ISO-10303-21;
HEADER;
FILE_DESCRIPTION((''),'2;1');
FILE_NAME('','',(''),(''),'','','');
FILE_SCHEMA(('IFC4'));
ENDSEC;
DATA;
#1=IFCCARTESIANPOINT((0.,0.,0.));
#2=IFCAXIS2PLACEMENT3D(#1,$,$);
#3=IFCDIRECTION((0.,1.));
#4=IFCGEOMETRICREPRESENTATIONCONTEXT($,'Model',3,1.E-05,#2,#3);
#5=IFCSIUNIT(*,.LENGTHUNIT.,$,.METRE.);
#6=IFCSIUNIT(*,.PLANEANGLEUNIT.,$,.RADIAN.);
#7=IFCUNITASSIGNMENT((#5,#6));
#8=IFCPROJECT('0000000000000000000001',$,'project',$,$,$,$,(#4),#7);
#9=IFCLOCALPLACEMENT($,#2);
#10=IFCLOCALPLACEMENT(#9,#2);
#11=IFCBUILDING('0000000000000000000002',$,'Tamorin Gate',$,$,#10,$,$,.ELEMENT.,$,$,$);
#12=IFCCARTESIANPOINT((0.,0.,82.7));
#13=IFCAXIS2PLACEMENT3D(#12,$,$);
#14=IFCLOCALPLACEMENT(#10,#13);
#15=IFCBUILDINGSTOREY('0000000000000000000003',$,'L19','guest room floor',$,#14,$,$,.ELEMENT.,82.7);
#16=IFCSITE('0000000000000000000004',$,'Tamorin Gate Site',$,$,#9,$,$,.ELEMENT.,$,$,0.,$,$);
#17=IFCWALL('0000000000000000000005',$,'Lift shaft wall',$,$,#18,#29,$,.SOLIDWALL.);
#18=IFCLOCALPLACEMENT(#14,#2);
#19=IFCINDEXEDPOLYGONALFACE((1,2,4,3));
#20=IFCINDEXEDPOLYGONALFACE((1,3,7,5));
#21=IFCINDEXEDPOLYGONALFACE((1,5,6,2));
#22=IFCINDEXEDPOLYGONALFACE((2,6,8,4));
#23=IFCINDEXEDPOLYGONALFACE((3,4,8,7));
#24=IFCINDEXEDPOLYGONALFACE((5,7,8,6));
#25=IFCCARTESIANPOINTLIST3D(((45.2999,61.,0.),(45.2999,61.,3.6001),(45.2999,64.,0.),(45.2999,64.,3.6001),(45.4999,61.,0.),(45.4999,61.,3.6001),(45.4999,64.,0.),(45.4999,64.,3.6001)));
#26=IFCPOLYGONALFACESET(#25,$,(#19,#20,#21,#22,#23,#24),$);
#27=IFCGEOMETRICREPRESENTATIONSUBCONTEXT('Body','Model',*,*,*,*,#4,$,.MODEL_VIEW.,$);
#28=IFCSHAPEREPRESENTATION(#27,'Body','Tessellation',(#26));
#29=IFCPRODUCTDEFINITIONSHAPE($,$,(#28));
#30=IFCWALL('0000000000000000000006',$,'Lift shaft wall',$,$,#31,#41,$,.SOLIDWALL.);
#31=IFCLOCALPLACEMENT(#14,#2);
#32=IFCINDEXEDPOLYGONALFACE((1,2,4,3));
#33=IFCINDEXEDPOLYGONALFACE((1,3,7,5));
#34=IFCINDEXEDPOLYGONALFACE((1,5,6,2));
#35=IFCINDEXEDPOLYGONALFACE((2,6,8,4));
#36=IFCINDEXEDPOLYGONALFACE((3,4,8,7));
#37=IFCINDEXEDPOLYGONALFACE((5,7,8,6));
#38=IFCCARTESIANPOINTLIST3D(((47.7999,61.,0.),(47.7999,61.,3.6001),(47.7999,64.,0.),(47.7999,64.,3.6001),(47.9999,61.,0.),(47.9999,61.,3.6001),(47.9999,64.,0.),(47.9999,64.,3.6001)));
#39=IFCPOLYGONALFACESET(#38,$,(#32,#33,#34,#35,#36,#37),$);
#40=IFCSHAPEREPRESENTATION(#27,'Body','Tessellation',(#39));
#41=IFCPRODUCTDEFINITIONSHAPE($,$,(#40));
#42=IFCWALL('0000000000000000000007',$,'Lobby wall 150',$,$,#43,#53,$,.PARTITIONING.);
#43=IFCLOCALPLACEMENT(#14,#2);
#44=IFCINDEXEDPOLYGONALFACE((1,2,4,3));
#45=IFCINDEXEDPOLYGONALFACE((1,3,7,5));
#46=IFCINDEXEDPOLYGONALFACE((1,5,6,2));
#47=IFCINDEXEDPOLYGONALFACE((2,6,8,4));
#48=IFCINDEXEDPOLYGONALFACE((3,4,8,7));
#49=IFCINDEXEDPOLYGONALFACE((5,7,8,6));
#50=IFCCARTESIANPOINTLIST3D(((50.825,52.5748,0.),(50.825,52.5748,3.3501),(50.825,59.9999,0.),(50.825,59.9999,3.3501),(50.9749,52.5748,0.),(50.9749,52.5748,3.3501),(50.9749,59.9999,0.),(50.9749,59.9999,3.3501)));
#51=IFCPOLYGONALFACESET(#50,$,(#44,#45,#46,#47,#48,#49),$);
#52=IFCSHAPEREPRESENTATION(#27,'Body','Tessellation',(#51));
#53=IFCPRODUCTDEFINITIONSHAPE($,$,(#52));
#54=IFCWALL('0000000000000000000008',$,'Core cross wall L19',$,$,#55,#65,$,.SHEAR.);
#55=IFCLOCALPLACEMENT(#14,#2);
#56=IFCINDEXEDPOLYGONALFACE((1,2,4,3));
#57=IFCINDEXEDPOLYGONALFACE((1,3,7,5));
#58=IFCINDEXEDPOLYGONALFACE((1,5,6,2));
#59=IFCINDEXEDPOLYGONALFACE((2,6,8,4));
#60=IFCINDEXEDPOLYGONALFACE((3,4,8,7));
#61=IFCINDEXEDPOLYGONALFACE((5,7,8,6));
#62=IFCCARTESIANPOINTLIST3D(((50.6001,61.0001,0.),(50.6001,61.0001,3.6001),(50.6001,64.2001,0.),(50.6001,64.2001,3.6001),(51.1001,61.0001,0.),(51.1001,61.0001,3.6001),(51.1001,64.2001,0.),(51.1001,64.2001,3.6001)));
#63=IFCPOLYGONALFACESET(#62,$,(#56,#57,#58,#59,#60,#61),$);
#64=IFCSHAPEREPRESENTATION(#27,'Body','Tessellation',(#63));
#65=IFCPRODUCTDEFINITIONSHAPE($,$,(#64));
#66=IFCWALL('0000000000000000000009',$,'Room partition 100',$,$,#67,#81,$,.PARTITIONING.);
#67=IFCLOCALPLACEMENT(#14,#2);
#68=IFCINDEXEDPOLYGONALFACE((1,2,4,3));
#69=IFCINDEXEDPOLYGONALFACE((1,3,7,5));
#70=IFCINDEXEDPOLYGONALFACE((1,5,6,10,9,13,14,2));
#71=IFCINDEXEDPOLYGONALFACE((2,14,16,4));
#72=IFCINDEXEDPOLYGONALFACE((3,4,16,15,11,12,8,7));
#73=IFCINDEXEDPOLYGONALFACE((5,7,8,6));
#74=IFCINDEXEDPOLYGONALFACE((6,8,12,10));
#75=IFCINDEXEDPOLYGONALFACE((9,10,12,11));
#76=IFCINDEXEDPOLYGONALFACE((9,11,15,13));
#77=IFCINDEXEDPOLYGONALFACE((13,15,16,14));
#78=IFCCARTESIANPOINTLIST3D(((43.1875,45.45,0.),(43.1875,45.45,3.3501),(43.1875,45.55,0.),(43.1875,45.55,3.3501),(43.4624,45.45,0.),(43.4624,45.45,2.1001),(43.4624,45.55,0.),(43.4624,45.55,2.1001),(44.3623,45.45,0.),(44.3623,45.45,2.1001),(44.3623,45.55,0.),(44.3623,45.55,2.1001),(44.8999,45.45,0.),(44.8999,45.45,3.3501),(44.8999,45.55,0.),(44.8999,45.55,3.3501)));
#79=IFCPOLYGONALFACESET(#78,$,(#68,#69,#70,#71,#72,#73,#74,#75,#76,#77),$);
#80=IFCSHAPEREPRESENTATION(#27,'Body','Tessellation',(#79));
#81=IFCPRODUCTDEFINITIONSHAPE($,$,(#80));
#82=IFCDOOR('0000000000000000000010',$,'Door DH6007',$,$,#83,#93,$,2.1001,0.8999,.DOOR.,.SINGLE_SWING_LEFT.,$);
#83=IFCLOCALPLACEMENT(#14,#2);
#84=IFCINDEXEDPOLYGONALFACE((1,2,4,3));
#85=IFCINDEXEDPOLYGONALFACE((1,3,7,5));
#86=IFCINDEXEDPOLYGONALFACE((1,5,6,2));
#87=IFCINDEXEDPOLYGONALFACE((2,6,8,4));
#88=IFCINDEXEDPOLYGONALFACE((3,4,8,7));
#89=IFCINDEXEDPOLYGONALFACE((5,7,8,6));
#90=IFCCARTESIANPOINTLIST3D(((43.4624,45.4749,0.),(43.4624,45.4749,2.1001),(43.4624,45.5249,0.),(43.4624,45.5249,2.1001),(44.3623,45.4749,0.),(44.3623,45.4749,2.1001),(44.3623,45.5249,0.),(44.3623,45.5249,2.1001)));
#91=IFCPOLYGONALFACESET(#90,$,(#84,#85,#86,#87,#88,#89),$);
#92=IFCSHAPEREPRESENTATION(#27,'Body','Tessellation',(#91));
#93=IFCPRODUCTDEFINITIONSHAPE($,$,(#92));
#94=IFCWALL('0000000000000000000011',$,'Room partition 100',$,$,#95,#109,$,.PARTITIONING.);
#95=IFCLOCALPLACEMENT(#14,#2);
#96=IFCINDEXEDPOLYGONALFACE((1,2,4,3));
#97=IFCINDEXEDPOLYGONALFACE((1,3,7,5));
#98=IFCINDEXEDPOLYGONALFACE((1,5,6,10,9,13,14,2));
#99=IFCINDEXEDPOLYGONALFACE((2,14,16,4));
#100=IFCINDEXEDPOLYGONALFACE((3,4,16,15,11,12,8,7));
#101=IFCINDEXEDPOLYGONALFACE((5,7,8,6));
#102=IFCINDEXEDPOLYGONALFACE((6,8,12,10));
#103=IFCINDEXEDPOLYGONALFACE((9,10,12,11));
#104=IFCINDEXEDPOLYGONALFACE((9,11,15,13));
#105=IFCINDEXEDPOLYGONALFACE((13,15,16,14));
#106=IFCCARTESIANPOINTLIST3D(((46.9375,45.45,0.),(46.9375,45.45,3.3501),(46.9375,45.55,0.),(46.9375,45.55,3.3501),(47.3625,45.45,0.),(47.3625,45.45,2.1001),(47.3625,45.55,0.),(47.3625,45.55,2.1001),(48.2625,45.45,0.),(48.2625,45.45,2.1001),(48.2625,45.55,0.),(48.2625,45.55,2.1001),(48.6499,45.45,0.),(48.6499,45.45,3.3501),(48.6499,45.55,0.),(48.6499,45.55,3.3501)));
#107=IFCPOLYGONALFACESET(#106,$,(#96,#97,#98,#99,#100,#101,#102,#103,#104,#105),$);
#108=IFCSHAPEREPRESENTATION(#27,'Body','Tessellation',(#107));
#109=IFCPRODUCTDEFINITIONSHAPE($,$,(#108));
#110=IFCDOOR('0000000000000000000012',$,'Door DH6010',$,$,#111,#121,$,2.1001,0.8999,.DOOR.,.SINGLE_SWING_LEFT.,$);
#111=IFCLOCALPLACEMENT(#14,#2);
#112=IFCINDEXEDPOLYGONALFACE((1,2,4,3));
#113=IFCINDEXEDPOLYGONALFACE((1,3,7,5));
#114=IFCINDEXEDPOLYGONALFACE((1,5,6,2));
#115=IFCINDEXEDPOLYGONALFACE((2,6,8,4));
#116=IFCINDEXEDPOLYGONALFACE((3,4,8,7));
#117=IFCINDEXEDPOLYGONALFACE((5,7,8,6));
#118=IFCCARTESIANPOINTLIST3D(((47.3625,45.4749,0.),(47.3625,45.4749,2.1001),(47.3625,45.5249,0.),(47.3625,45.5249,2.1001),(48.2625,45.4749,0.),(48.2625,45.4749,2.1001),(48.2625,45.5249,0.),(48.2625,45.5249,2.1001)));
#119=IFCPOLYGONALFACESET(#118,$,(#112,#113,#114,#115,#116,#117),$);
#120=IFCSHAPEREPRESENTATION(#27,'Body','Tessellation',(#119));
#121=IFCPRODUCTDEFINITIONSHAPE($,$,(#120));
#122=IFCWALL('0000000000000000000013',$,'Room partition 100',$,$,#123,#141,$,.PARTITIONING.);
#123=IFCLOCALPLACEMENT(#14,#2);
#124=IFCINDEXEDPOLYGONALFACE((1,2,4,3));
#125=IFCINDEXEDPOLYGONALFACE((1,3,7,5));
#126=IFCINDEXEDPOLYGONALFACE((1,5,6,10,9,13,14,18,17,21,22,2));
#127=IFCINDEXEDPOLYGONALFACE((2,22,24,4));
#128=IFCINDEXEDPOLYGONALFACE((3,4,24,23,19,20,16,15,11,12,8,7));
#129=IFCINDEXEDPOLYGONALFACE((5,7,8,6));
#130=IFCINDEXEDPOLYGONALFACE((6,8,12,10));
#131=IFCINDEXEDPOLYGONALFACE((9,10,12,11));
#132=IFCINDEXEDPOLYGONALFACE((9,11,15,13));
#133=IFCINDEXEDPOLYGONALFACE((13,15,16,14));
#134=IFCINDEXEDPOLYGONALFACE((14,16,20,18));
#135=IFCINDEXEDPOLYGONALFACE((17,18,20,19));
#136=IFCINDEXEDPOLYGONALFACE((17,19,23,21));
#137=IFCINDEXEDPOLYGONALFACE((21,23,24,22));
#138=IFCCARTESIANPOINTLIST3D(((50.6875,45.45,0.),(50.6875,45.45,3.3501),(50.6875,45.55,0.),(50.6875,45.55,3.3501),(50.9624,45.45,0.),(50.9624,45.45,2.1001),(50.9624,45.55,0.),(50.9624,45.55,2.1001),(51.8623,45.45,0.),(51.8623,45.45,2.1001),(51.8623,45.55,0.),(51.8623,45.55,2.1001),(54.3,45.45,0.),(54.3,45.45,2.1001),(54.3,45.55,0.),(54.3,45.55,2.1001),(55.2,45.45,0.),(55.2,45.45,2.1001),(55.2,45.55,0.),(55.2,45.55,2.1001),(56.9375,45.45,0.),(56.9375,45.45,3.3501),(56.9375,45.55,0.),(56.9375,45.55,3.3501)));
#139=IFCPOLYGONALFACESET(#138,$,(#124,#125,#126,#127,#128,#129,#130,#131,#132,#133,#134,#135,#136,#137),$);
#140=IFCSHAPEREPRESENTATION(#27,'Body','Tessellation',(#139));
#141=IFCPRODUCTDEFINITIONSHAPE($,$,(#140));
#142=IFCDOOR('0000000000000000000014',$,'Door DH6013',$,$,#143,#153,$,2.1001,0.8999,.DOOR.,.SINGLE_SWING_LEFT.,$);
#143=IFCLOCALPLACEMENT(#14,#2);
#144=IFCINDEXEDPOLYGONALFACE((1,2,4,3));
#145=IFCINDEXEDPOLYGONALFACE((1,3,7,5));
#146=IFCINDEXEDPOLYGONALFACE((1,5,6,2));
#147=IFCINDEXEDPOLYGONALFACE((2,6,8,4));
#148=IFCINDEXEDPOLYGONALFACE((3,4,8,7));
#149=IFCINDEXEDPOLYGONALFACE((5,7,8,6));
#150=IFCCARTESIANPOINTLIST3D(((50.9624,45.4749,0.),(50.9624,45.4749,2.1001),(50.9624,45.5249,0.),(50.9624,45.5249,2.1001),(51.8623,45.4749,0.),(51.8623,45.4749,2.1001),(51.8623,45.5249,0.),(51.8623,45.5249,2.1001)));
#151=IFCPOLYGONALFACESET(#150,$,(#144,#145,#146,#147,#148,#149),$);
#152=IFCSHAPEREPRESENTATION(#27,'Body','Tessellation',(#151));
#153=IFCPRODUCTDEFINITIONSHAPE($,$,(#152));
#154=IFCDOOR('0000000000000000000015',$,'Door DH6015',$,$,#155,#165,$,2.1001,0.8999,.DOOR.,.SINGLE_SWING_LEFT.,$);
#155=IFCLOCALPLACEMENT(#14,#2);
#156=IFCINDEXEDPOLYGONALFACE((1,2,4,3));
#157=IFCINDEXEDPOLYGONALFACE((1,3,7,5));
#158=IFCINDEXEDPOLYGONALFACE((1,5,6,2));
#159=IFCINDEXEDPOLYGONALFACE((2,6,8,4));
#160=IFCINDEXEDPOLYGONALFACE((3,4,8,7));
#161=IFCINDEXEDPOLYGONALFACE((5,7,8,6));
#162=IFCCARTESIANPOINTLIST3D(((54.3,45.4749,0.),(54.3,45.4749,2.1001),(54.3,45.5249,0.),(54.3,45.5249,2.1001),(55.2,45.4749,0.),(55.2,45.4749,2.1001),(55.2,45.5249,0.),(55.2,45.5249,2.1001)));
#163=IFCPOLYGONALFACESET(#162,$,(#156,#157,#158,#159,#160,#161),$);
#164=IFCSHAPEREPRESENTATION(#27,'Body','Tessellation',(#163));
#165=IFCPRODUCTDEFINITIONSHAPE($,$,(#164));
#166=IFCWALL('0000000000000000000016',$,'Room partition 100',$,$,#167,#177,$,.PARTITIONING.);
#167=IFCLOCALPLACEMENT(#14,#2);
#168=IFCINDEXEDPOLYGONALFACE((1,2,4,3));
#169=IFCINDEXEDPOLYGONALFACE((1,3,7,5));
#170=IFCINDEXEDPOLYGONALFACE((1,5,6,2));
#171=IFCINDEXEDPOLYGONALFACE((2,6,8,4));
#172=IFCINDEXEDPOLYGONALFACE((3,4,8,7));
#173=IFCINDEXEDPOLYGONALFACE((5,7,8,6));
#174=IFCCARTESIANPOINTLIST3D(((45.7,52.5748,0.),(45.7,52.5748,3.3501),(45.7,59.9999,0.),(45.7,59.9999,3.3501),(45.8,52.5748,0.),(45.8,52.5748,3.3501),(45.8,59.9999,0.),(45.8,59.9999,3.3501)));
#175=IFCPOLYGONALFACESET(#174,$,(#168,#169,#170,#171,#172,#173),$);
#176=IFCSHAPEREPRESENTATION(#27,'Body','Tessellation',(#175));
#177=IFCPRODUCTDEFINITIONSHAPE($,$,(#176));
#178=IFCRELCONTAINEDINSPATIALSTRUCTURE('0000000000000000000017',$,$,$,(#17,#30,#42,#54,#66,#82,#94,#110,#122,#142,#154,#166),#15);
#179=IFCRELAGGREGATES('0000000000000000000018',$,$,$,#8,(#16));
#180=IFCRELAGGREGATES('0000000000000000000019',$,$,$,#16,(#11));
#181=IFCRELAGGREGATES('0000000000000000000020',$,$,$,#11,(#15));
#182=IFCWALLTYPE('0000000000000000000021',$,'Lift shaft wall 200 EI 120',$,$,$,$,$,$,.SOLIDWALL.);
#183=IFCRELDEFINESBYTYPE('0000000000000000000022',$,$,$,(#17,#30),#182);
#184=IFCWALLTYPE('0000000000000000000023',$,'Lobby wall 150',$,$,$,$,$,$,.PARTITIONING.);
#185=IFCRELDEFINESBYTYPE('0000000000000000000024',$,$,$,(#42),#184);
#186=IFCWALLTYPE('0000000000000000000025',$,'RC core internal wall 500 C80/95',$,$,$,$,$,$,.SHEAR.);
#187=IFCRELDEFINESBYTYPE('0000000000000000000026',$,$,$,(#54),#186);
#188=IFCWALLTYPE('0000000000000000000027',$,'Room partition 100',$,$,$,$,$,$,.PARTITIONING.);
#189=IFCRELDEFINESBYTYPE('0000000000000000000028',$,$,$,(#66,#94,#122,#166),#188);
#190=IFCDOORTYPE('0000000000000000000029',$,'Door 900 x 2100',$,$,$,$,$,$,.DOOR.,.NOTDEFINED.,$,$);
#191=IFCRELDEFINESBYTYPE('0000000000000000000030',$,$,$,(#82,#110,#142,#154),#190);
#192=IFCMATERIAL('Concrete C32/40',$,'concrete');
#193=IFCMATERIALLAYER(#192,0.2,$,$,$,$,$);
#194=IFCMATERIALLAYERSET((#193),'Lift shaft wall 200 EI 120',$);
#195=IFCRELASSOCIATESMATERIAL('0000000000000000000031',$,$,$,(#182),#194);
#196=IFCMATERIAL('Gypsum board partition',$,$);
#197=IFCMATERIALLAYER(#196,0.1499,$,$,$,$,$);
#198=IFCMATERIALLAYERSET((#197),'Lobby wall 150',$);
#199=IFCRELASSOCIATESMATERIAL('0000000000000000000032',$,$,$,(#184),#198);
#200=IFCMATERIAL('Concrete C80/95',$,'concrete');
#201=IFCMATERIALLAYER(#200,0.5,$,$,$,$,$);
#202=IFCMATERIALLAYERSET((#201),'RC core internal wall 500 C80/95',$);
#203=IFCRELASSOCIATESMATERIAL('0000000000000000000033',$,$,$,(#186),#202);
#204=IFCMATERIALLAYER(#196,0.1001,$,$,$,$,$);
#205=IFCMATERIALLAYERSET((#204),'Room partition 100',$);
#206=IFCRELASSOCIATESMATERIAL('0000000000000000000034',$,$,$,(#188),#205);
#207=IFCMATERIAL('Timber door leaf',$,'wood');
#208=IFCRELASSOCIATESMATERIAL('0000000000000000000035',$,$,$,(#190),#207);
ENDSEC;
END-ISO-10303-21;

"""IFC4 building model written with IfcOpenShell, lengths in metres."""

from ifc_helpers import new_model, si_unit, direction, frame, frame_2d, origin, place, context, subcontext, project, spatial, rectangle, extrude, material, layer, layer_set, type_object, element, fill, save


model = new_model("IFC4")

# Units and contexts
model_context = context("Model", 3, precision=1e-05, world=origin(), true_north=direction((0.0, 1.0)))
body_context = subcontext(model_context, "Body", "Model", "MODEL_VIEW")
ifc_project = project(units=[si_unit("LENGTHUNIT", "METRE"), si_unit("PLANEANGLEUNIT", "RADIAN")], contexts=[model_context])

# Site, building, storey
site_placement = place(None, origin())
site = spatial("IfcSite", under=ifc_project, at=site_placement, Name="Tamorin Gate Site", CompositionType="ELEMENT", RefElevation=0.0)
building_placement = place(site_placement, origin())
building = spatial("IfcBuilding", under=site, at=building_placement, Name="Tamorin Gate", CompositionType="ELEMENT")
storey_placement = place(building_placement, frame((0.0, 0.0, 82.7)))
storey = spatial("IfcBuildingStorey", under=building, at=storey_placement, Name="L19", Description="guest room floor", CompositionType="ELEMENT", Elevation=82.7)

# Shared definitions
ifc_material_1 = material(Name="Concrete C80/95", Category="concrete")

# Walls
ifc_material_2 = material(Name="Gypsum board partition")
ifc_material_3 = material(Name="Concrete C32/40", Category="concrete")
ifc_layer_1 = layer(ifc_material_3, 0.2)
ifc_layer_set_1 = layer_set([ifc_layer_1], Name="Lift shaft wall 200 EI 120")
wall_type_1 = type_object("IfcWallType", Name="Lift shaft wall 200 EI 120", PredefinedType="SOLIDWALL", material=ifc_layer_set_1)
for number, where, z_axis, x_axis, name in (
    (1, (45.3999, 61.0, 0.0), (0.0, 0.0, 1.0), (0.0, 1.0, 0.0), "Lift shaft wall"),
    (2, (47.8999, 61.0, 0.0), (0.0, 0.0, 1.0), (0.0, 1.0, 0.0), "Lift shaft wall"),
):
    element("IfcWall", number, at=place(storey_placement, frame(where, z_axis=z_axis, x_axis=x_axis)), inside=storey, type_object=wall_type_1, Name=name, PredefinedType="SOLIDWALL", context=body_context, shape_type="SweptSolid", body=[
        extrude(rectangle(XDim=3.0, YDim=0.2, at=frame_2d((1.5, 0.0))), origin(), (0.0, 0.0, 1.0), 3.6001),
    ])
ifc_layer_2 = layer(ifc_material_2, 0.1499)
ifc_layer_set_2 = layer_set([ifc_layer_2], Name="Lobby wall 150")
wall_type_2 = type_object("IfcWallType", Name="Lobby wall 150", PredefinedType="PARTITIONING", material=ifc_layer_set_2)
wall_1_placement = place(storey_placement, frame((50.8999, 52.575, 0.0), z_axis=(0.0, 0.0, 1.0), x_axis=(0.0, 1.0, 0.0)))
element("IfcWall", 3, at=wall_1_placement, inside=storey, type_object=wall_type_2, Name="Lobby wall 150", PredefinedType="PARTITIONING", context=body_context, shape_type="SweptSolid", body=[
    extrude(rectangle(XDim=7.425, YDim=0.1499, at=frame_2d((3.7124, 0.0))), origin(), (0.0, 0.0, 1.0), 3.3501),
])
ifc_layer_3 = layer(ifc_material_1, 0.5)
ifc_layer_set_3 = layer_set([ifc_layer_3], Name="RC core internal wall 500 C80/95")
wall_type_3 = type_object("IfcWallType", Name="RC core internal wall 500 C80/95", PredefinedType="SHEAR", material=ifc_layer_set_3)
wall_2_placement = place(storey_placement, frame((50.8501, 61.0, 0.0), z_axis=(0.0, 0.0, 1.0), x_axis=(0.0, 1.0, 0.0)))
element("IfcWall", 4, at=wall_2_placement, inside=storey, type_object=wall_type_3, Name="Core cross wall L19", PredefinedType="SHEAR", context=body_context, shape_type="SweptSolid", body=[
    extrude(rectangle(XDim=3.2, YDim=0.5, at=frame_2d((1.6001, 0.0))), origin(), (0.0, 0.0, 1.0), 3.6001),
])

# Walls, openings, doors
ifc_layer_4 = layer(ifc_material_2, 0.1001)
ifc_layer_set_4 = layer_set([ifc_layer_4], Name="Room partition 100")
wall_type_4 = type_object("IfcWallType", Name="Room partition 100", PredefinedType="PARTITIONING", material=ifc_layer_set_4)
wall_3_placement = place(storey_placement, frame((43.1875, 45.5, 0.0), z_axis=(0.0, 0.0, 1.0), x_axis=(1.0, 0.0, 0.0)))
wall_3 = element("IfcWall", 5, at=wall_3_placement, inside=storey, type_object=wall_type_4, Name="Room partition 100", PredefinedType="PARTITIONING", context=body_context, shape_type="SweptSolid", body=[
    extrude(rectangle(XDim=1.7124, YDim=0.1001, at=frame_2d((0.8562, 0.0))), origin(), (0.0, 0.0, 1.0), 3.3501),
])
opening_1_placement = place(wall_3_placement, frame((0.2749, 0.0, 0.0)))
opening_1 = element("IfcOpeningElement", 6, at=opening_1_placement, cuts=wall_3, PredefinedType="OPENING", context=body_context, shape_type="SweptSolid", body=[
    extrude(rectangle(XDim=0.8999, YDim=2.1001, at=frame_2d((0.45, 1.05))), frame((0.0, 0.0601, 0.0), z_axis=(0.0, -1.0, 0.0), x_axis=(1.0, 0.0, 0.0)), (0.0, 0.0, 1.0), 0.1201),
])
ifc_material_4 = material(Name="Timber door leaf", Category="wood")
door_type = type_object("IfcDoorType", Name="Door 900 x 2100", OperationType="NOTDEFINED", PredefinedType="DOOR", material=ifc_material_4)
door_1_placement = place(opening_1_placement, origin())
door_1 = element("IfcDoor", 7, at=door_1_placement, inside=storey, type_object=door_type, Name="Door DH6007", OperationType="SINGLE_SWING_LEFT", OverallHeight=2.1001, OverallWidth=0.8999, PredefinedType="DOOR", context=body_context, shape_type="SweptSolid", body=[
    extrude(rectangle(XDim=0.8999, YDim=2.1001, at=frame_2d((0.45, 1.05))), frame((0.0, 0.0249, 0.0), z_axis=(0.0, -1.0, 0.0), x_axis=(1.0, 0.0, 0.0)), (0.0, 0.0, 1.0), 0.05),
])
fill(opening_1, door_1)
wall_4_placement = place(storey_placement, frame((46.9375, 45.5, 0.0), z_axis=(0.0, 0.0, 1.0), x_axis=(1.0, 0.0, 0.0)))
wall_4 = element("IfcWall", 8, at=wall_4_placement, inside=storey, type_object=wall_type_4, Name="Room partition 100", PredefinedType="PARTITIONING", context=body_context, shape_type="SweptSolid", body=[
    extrude(rectangle(XDim=1.7124, YDim=0.1001, at=frame_2d((0.8562, 0.0))), origin(), (0.0, 0.0, 1.0), 3.3501),
])
opening_2_placement = place(wall_4_placement, frame((0.425, 0.0, 0.0)))
opening_2 = element("IfcOpeningElement", 9, at=opening_2_placement, cuts=wall_4, PredefinedType="OPENING", context=body_context, shape_type="SweptSolid", body=[
    extrude(rectangle(XDim=0.8999, YDim=2.1001, at=frame_2d((0.45, 1.05))), frame((0.0, 0.0601, 0.0), z_axis=(0.0, -1.0, 0.0), x_axis=(1.0, 0.0, 0.0)), (0.0, 0.0, 1.0), 0.1201),
])
door_2_placement = place(opening_2_placement, origin())
door_2 = element("IfcDoor", 10, at=door_2_placement, inside=storey, type_object=door_type, Name="Door DH6010", OperationType="SINGLE_SWING_LEFT", OverallHeight=2.1001, OverallWidth=0.8999, PredefinedType="DOOR", context=body_context, shape_type="SweptSolid", body=[
    extrude(rectangle(XDim=0.8999, YDim=2.1001, at=frame_2d((0.45, 1.05))), frame((0.0, 0.0249, 0.0), z_axis=(0.0, -1.0, 0.0), x_axis=(1.0, 0.0, 0.0)), (0.0, 0.0, 1.0), 0.05),
])
fill(opening_2, door_2)

# Wall, openings, doors
wall_5_placement = place(storey_placement, frame((50.6875, 45.5, 0.0), z_axis=(0.0, 0.0, 1.0), x_axis=(1.0, 0.0, 0.0)))
wall_5 = element("IfcWall", 11, at=wall_5_placement, inside=storey, type_object=wall_type_4, Name="Room partition 100", PredefinedType="PARTITIONING", context=body_context, shape_type="SweptSolid", body=[
    extrude(rectangle(XDim=6.25, YDim=0.1001, at=frame_2d((3.125, 0.0))), origin(), (0.0, 0.0, 1.0), 3.3501),
])
opening_3_placement = place(wall_5_placement, frame((0.2749, 0.0, 0.0)))
opening_3 = element("IfcOpeningElement", 12, at=opening_3_placement, cuts=wall_5, PredefinedType="OPENING", context=body_context, shape_type="SweptSolid", body=[
    extrude(rectangle(XDim=0.8999, YDim=2.1001, at=frame_2d((0.45, 1.05))), frame((0.0, 0.0601, 0.0), z_axis=(0.0, -1.0, 0.0), x_axis=(1.0, 0.0, 0.0)), (0.0, 0.0, 1.0), 0.1201),
])
opening_4_placement = place(wall_5_placement, frame((3.6125, 0.0, 0.0)))
opening_4 = element("IfcOpeningElement", 13, at=opening_4_placement, cuts=wall_5, PredefinedType="OPENING", context=body_context, shape_type="SweptSolid", body=[
    extrude(rectangle(XDim=0.8999, YDim=2.1001, at=frame_2d((0.45, 1.05))), frame((0.0, 0.0601, 0.0), z_axis=(0.0, -1.0, 0.0), x_axis=(1.0, 0.0, 0.0)), (0.0, 0.0, 1.0), 0.1201),
])
door_3_placement = place(opening_3_placement, origin())
door_3 = element("IfcDoor", 14, at=door_3_placement, inside=storey, type_object=door_type, Name="Door DH6013", OperationType="SINGLE_SWING_LEFT", OverallHeight=2.1001, OverallWidth=0.8999, PredefinedType="DOOR", context=body_context, shape_type="SweptSolid", body=[
    extrude(rectangle(XDim=0.8999, YDim=2.1001, at=frame_2d((0.45, 1.05))), frame((0.0, 0.0249, 0.0), z_axis=(0.0, -1.0, 0.0), x_axis=(1.0, 0.0, 0.0)), (0.0, 0.0, 1.0), 0.05),
])
fill(opening_3, door_3)
door_4_placement = place(opening_4_placement, origin())
door_4 = element("IfcDoor", 15, at=door_4_placement, inside=storey, type_object=door_type, Name="Door DH6015", OperationType="SINGLE_SWING_LEFT", OverallHeight=2.1001, OverallWidth=0.8999, PredefinedType="DOOR", context=body_context, shape_type="SweptSolid", body=[
    extrude(rectangle(XDim=0.8999, YDim=2.1001, at=frame_2d((0.45, 1.05))), frame((0.0, 0.0249, 0.0), z_axis=(0.0, -1.0, 0.0), x_axis=(1.0, 0.0, 0.0)), (0.0, 0.0, 1.0), 0.05),
])
fill(opening_4, door_4)

# Wall
wall_6_placement = place(storey_placement, frame((45.75, 52.575, 0.0), z_axis=(0.0, 0.0, 1.0), x_axis=(0.0, 1.0, 0.0)))
element("IfcWall", 16, at=wall_6_placement, inside=storey, type_object=wall_type_4, Name="Room partition 100", PredefinedType="PARTITIONING", context=body_context, shape_type="SweptSolid", body=[
    extrude(rectangle(XDim=7.425, YDim=0.1001, at=frame_2d((3.7124, 0.0))), origin(), (0.0, 0.0, 1.0), 3.3501),
])

save(model, "model.ifc")
